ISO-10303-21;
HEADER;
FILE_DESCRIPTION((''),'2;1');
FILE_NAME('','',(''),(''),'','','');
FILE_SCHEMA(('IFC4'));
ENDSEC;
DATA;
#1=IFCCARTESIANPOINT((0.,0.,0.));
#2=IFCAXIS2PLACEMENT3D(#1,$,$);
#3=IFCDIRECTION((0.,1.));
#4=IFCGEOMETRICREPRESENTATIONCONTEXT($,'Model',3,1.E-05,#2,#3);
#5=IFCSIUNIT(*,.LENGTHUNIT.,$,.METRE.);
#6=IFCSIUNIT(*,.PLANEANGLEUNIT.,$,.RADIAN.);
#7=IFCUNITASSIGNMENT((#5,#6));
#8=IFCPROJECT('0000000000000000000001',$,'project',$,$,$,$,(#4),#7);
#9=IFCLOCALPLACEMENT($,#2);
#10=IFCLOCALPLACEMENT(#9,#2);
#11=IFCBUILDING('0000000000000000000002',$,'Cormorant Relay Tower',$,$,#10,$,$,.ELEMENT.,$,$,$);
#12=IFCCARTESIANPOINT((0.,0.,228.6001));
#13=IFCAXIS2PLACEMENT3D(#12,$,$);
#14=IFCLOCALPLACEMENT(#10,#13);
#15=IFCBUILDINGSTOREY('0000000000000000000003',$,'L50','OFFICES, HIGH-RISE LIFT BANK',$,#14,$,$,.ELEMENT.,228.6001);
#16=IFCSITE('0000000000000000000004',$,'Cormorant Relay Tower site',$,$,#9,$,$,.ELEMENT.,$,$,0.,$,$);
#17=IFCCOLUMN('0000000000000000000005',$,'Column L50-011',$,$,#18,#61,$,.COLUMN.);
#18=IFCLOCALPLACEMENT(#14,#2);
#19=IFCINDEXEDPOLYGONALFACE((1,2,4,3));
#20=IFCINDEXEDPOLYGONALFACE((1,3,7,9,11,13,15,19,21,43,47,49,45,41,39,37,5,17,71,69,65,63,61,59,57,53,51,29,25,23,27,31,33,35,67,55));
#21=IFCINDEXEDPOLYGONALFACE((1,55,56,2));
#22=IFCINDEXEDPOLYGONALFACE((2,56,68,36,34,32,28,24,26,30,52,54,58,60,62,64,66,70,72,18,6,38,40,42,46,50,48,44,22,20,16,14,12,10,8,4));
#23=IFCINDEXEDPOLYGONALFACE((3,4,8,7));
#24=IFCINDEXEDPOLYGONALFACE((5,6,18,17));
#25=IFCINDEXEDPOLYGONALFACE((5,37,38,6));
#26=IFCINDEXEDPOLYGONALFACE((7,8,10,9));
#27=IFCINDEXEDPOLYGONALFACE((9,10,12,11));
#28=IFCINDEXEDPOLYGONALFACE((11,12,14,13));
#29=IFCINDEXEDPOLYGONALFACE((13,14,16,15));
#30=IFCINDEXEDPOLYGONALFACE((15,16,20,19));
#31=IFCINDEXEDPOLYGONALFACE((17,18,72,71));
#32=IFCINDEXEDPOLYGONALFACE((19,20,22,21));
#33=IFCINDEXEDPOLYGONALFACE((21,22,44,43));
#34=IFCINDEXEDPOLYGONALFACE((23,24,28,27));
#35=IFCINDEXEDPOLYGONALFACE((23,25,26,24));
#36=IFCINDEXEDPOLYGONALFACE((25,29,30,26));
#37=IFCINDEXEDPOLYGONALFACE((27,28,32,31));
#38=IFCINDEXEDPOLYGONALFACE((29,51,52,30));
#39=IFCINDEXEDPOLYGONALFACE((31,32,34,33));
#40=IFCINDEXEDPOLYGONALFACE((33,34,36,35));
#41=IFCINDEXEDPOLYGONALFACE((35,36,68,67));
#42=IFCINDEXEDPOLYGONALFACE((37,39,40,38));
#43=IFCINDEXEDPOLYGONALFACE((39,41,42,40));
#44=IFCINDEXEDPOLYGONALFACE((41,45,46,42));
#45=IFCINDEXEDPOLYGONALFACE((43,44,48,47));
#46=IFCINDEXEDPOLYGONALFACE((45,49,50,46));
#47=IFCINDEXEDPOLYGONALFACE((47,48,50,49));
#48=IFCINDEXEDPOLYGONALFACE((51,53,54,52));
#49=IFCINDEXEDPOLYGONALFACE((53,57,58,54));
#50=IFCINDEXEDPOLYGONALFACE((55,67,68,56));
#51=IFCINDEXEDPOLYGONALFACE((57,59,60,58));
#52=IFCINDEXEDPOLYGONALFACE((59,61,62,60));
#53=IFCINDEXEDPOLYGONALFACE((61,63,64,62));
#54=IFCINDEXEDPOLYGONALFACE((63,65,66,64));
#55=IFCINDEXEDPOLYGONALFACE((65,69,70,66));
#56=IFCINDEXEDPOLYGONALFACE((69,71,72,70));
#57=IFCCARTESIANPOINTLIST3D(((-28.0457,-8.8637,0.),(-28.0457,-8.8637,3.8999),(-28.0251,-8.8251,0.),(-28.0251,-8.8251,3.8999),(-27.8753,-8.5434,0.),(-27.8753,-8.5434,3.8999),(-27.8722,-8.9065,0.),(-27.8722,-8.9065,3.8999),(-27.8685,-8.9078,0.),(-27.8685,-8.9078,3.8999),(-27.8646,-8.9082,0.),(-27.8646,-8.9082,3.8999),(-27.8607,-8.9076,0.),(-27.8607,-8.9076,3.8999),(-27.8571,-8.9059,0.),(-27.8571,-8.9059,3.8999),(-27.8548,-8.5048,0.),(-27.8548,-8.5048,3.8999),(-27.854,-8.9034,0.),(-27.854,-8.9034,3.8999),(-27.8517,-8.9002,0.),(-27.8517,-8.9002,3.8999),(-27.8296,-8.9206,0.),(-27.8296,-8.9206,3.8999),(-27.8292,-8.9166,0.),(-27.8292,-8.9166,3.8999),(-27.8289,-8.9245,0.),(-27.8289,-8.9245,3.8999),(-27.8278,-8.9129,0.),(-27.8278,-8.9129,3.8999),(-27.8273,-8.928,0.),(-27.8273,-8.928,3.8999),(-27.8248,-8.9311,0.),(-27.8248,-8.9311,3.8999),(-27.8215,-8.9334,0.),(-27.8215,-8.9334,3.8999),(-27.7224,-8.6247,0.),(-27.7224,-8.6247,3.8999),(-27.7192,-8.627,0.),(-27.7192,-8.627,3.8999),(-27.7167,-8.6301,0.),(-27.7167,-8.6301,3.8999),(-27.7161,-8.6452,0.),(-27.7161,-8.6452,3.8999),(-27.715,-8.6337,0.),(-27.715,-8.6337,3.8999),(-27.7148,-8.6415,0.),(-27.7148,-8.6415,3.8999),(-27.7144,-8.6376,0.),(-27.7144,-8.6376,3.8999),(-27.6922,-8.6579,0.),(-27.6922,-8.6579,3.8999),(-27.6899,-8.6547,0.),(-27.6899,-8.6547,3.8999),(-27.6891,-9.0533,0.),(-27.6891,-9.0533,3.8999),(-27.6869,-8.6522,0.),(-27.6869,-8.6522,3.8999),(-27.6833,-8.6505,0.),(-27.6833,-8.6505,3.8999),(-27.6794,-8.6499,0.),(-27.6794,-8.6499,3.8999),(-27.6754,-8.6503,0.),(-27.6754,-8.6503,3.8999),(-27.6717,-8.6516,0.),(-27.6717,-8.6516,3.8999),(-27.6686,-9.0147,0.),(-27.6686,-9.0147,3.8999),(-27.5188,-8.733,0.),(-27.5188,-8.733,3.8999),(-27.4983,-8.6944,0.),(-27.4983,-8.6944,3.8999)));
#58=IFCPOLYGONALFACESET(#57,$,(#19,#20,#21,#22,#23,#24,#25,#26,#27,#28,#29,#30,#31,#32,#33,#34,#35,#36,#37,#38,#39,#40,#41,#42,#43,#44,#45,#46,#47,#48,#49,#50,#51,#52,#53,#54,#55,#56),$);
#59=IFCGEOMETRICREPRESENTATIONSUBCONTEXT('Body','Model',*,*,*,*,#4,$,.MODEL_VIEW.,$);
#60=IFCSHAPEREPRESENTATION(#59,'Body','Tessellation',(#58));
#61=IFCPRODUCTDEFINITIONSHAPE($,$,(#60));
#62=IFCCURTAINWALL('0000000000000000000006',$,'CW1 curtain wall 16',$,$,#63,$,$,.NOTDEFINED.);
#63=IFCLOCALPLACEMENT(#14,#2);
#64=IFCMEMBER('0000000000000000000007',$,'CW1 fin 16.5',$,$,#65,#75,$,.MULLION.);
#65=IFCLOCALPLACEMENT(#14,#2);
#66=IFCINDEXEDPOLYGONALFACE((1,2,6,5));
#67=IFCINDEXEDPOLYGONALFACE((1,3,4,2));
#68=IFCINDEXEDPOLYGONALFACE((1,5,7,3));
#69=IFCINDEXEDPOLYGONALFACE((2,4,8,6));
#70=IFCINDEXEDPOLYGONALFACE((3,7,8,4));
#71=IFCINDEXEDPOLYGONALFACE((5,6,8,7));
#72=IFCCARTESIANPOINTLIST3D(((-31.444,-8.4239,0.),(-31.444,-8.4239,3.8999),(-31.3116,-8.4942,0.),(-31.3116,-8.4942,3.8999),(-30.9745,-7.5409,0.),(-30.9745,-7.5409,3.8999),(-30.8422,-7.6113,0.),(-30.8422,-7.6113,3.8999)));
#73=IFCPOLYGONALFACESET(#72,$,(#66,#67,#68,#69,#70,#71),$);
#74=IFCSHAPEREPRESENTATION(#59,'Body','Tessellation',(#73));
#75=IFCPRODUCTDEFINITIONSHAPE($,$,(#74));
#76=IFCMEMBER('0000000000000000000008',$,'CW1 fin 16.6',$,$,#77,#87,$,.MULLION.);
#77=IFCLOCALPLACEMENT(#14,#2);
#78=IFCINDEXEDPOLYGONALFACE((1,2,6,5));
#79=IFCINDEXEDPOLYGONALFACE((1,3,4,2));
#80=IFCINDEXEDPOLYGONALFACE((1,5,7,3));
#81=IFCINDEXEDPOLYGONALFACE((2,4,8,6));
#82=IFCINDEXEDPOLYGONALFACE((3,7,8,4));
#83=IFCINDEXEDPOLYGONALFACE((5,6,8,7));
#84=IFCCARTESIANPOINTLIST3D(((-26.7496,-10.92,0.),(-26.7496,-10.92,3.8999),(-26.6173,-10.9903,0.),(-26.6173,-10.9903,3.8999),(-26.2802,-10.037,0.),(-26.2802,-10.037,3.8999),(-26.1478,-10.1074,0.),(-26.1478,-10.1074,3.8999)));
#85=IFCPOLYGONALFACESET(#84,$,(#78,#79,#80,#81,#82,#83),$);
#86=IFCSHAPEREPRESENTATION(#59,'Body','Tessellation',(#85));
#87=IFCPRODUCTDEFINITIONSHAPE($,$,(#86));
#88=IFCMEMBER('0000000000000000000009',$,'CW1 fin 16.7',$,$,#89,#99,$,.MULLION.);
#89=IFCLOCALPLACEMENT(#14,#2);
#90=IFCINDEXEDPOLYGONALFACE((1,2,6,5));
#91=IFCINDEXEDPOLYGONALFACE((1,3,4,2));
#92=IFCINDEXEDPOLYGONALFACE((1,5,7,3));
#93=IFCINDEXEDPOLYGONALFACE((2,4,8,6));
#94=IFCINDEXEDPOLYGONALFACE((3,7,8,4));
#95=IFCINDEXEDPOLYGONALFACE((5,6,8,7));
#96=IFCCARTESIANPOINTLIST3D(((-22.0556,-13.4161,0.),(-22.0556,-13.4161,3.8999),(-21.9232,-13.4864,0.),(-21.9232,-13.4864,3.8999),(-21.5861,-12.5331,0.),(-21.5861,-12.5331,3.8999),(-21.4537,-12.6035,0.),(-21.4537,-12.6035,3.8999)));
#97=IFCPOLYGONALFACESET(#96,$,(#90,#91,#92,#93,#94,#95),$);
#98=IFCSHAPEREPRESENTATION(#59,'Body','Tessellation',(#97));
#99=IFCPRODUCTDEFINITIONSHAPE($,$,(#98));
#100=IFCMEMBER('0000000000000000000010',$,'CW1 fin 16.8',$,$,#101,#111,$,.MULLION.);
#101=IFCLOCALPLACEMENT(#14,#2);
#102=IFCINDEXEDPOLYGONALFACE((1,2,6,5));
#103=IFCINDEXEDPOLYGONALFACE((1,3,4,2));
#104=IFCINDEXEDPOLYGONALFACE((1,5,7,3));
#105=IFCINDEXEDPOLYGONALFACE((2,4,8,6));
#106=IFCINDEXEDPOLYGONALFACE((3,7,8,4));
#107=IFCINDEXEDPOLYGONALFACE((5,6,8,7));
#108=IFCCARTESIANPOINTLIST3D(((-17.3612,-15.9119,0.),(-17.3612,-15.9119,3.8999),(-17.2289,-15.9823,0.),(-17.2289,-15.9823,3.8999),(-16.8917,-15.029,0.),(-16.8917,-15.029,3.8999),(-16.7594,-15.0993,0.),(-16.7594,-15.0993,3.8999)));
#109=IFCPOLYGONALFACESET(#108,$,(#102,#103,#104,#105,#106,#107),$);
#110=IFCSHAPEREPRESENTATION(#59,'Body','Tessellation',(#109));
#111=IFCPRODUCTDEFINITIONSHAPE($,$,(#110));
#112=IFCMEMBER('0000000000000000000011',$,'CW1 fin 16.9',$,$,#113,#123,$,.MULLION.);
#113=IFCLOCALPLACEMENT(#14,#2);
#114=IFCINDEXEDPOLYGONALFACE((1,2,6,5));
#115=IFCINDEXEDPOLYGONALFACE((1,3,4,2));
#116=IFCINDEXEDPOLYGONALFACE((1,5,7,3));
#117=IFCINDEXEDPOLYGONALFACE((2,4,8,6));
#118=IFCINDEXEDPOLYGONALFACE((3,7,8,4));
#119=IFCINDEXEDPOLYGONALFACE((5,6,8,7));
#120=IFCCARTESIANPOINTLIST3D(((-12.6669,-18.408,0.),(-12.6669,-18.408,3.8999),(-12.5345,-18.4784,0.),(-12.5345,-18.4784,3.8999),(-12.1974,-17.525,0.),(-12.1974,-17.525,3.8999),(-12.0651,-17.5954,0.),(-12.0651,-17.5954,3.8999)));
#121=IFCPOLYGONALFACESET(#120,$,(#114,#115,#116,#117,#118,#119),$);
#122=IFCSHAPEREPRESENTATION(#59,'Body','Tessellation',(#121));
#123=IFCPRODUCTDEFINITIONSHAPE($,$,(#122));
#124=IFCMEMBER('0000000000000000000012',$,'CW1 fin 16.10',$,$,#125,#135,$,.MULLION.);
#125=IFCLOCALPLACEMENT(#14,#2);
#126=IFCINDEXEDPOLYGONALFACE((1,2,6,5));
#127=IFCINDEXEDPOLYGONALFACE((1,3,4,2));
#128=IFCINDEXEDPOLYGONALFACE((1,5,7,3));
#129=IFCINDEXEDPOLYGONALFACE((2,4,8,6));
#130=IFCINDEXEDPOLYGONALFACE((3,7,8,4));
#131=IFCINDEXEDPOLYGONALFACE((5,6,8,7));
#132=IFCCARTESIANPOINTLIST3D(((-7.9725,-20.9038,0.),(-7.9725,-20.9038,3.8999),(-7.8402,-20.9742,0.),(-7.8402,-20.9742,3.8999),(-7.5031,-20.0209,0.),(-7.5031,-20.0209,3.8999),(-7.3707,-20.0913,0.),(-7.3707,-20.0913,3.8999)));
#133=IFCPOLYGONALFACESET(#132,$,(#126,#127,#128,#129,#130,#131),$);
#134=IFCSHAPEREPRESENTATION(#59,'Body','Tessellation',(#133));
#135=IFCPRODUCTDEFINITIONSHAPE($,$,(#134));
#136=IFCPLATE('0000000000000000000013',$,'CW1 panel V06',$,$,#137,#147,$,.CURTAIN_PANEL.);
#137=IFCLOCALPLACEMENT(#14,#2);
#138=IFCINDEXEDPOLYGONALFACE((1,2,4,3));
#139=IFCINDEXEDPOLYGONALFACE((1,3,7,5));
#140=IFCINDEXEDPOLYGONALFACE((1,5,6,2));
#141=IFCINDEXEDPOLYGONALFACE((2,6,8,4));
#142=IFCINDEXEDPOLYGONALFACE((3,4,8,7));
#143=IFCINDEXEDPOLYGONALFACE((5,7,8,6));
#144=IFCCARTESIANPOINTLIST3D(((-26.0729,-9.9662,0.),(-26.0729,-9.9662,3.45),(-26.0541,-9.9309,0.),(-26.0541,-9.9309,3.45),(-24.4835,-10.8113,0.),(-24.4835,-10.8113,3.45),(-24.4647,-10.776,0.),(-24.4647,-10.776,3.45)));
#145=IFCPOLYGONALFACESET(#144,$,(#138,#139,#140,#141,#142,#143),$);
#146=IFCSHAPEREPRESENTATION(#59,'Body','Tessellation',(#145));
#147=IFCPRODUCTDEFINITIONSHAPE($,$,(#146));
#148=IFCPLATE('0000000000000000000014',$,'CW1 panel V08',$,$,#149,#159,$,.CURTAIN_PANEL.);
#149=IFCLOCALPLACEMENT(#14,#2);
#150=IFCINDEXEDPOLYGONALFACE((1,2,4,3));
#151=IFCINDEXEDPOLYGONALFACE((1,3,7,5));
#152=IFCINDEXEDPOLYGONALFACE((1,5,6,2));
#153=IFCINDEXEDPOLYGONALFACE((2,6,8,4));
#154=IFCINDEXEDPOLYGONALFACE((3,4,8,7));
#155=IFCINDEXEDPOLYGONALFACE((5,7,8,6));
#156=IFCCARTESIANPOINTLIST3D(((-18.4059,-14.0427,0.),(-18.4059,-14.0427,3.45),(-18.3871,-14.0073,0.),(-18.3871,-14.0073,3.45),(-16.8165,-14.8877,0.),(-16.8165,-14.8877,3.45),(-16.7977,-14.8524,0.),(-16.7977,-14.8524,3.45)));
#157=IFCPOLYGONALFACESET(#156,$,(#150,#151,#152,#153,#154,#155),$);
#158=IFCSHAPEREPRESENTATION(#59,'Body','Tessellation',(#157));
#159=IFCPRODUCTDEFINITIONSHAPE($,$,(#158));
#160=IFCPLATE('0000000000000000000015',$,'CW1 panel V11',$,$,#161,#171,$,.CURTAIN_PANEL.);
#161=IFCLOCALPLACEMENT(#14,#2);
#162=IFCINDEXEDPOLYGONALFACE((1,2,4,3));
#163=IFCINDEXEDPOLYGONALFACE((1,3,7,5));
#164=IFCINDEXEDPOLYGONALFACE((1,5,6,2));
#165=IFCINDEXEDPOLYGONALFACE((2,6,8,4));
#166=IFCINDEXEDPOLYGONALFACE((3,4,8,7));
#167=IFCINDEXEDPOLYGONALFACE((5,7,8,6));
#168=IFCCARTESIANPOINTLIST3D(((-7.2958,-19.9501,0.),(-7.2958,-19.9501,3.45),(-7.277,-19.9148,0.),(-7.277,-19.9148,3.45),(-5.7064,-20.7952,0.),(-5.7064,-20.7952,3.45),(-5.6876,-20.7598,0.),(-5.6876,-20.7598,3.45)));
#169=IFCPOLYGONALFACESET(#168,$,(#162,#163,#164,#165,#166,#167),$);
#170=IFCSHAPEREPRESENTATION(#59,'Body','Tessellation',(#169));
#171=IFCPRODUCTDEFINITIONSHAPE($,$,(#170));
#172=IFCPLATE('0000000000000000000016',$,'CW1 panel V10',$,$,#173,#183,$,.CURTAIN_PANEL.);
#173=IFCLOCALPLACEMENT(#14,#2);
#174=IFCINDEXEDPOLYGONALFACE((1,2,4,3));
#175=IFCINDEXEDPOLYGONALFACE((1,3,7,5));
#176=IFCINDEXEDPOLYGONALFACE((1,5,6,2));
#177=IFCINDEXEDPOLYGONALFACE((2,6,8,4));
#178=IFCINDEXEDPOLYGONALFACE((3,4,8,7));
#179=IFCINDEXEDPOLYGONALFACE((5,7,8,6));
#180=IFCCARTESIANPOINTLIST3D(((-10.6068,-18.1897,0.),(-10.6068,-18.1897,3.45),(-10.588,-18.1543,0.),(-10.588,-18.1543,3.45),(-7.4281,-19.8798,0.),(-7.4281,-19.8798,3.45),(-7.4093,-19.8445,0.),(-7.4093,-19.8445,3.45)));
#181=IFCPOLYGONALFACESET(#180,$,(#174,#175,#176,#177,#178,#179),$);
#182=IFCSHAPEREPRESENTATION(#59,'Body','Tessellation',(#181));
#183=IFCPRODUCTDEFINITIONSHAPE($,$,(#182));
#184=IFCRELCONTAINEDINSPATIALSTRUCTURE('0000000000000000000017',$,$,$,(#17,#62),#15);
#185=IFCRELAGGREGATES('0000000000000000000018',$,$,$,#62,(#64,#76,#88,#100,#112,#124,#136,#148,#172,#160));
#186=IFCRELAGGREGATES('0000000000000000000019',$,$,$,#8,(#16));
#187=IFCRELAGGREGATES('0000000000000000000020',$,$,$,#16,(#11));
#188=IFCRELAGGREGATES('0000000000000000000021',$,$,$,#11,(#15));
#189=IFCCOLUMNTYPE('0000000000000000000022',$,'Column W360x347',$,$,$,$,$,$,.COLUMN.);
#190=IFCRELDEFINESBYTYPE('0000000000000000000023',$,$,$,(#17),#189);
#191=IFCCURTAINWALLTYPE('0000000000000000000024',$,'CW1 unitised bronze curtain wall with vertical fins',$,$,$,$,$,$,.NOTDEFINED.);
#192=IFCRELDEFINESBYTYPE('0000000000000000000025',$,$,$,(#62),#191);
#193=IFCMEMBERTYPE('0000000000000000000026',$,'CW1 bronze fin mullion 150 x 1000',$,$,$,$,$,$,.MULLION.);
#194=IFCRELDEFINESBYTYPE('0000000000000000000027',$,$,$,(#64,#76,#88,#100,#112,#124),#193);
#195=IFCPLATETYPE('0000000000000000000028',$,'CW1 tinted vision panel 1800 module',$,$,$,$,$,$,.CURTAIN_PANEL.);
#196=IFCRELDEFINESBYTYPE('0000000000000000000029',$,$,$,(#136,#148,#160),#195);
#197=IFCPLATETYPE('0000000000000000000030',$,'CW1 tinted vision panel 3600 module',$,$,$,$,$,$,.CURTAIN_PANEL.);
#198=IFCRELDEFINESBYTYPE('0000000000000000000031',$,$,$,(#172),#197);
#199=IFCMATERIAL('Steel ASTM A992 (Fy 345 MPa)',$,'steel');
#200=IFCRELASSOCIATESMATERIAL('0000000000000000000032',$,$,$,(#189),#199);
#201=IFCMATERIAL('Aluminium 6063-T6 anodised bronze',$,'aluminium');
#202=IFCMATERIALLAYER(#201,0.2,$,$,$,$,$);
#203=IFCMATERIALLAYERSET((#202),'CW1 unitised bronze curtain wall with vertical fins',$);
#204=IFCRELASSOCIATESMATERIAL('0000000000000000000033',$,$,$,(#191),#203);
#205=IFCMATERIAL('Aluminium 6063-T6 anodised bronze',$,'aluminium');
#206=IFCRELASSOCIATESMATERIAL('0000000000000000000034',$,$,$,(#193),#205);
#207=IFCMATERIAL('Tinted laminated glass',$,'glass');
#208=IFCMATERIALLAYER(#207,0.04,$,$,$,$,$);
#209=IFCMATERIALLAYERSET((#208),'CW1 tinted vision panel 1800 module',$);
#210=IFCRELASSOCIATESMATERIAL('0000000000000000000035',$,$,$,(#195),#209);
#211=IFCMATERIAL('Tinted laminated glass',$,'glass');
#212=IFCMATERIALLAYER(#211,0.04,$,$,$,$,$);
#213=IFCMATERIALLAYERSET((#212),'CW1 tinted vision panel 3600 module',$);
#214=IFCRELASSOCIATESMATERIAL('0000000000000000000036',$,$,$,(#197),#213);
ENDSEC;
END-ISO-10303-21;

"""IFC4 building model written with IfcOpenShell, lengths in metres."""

from ifc_helpers import new_model, si_unit, direction, frame, origin, origin_2d, place, context, subcontext, project, spatial, rectangle, i_section, extrude, material, layer, layer_set, material_profile, profile_set, type_object, element, aggregate, save


model = new_model("IFC4")

# Units and contexts
model_context = context("Model", 3, precision=1e-05, world=origin(), true_north=direction((0.0, 1.0)))
body_context = subcontext(model_context, "Body", "Model", "MODEL_VIEW")
ifc_project = project(units=[si_unit("LENGTHUNIT", "METRE"), si_unit("PLANEANGLEUNIT", "RADIAN")], contexts=[model_context])

# Site, building, storey
site_placement = place(None, origin())
site = spatial("IfcSite", under=ifc_project, at=site_placement, Name="Cormorant Relay Tower site", CompositionType="ELEMENT", RefElevation=0.0)
building_placement = place(site_placement, origin())
building = spatial("IfcBuilding", under=site, at=building_placement, Name="Cormorant Relay Tower", CompositionType="ELEMENT")
storey_placement = place(building_placement, frame((0.0, 0.0, 228.6001)))
storey = spatial("IfcBuildingStorey", under=building, at=storey_placement, Name="L50", Description="OFFICES, HIGH-RISE LIFT BANK", CompositionType="ELEMENT", Elevation=228.6001)

# Column
ifc_material_1 = material(Name="Steel ASTM A992 (Fy 345 MPa)", Category="steel")
ifc_material_profile_1 = material_profile(ifc_material_1, i_section(OverallWidth=0.4038, OverallDepth=0.4065, WebThickness=0.0271, FlangeThickness=0.0437, FilletRadius=0.0151, at=origin_2d()), Name="W360x347")
ifc_profile_set_1 = profile_set([ifc_material_profile_1], Name="Steel ASTM A992 (Fy 345 MPa)")
column_type_1 = type_object("IfcColumnType", Name="Column W360x347", PredefinedType="COLUMN", material=ifc_profile_set_1)
for number, where, z_axis, x_axis, name in (
    (1, (-27.772, -8.7791, 0.0), (0.0, 0.0, 1.0), (0.882948, -0.469472, 0.0), "Column L50-011"),
):
    element("IfcColumn", number, at=place(storey_placement, frame(where, z_axis=z_axis, x_axis=x_axis)), inside=storey, type_object=column_type_1, Name=name, PredefinedType="COLUMN", context=body_context, shape_type="SweptSolid", body=[
        extrude(i_section(OverallWidth=0.4038, OverallDepth=0.4065, WebThickness=0.0271, FlangeThickness=0.0437, FilletRadius=0.0151, at=origin_2d()), origin(), (0.0, 0.0, 1.0), 3.8999),
    ])

# Curtain wall, members, plates
ifc_material_2 = material(Name="Aluminium 6063-T6 anodised bronze", Category="aluminium")
ifc_layer_1 = layer(ifc_material_2, 0.2)
ifc_layer_set_1 = layer_set([ifc_layer_1], Name="CW1 unitised bronze curtain wall with vertical fins")
curtain_wall_type = type_object("IfcCurtainWallType", Name="CW1 unitised bronze curtain wall with vertical fins", PredefinedType="NOTDEFINED", material=ifc_layer_set_1)
curtain_wall_placement = place(storey_placement, origin())
curtain_wall = element("IfcCurtainWall", 2, at=curtain_wall_placement, inside=storey, type_object=curtain_wall_type, Name="CW1 curtain wall 16", PredefinedType="NOTDEFINED")
ifc_material_3 = material(Name="Aluminium 6063-T6 anodised bronze", Category="aluminium")
ifc_material_profile_2 = material_profile(ifc_material_3, rectangle(XDim=0.1499, YDim=1.0, at=origin_2d()), Name="AL 150x1000")
ifc_profile_set_2 = profile_set([ifc_material_profile_2], Name="Aluminium 6063-T6 anodised bronze")
member_type = type_object("IfcMemberType", Name="CW1 bronze fin mullion 150 x 1000", PredefinedType="MULLION", material=ifc_profile_set_2)
member_1_placement = place(storey_placement, frame((-31.1431, -8.0176, 0.0), z_axis=(0.0, 0.0, 1.0), x_axis=(0.882948, -0.469472, 0.0)))
member_1 = element("IfcMember", 3, at=member_1_placement, type_object=member_type, Name="CW1 fin 16.5", PredefinedType="MULLION", context=body_context, shape_type="SweptSolid", body=[
    extrude(rectangle(XDim=0.1499, YDim=1.0, at=origin_2d()), origin(), (0.0, 0.0, 1.0), 3.8999),
])
member_2_placement = place(storey_placement, frame((-26.4487, -10.5137, 0.0), z_axis=(0.0, 0.0, 1.0), x_axis=(0.882948, -0.469472, 0.0)))
member_2 = element("IfcMember", 4, at=member_2_placement, type_object=member_type, Name="CW1 fin 16.6", PredefinedType="MULLION", context=body_context, shape_type="SweptSolid", body=[
    extrude(rectangle(XDim=0.1499, YDim=1.0, at=origin_2d()), origin(), (0.0, 0.0, 1.0), 3.8999),
])
member_3_placement = place(storey_placement, frame((-21.7546, -13.0098, 0.0), z_axis=(0.0, 0.0, 1.0), x_axis=(0.882948, -0.469472, 0.0)))
member_3 = element("IfcMember", 5, at=member_3_placement, type_object=member_type, Name="CW1 fin 16.7", PredefinedType="MULLION", context=body_context, shape_type="SweptSolid", body=[
    extrude(rectangle(XDim=0.1499, YDim=1.0, at=origin_2d()), origin(), (0.0, 0.0, 1.0), 3.8999),
])
member_4_placement = place(storey_placement, frame((-17.0603, -15.5056, 0.0), z_axis=(0.0, 0.0, 1.0), x_axis=(0.882948, -0.469472, 0.0)))
member_4 = element("IfcMember", 6, at=member_4_placement, type_object=member_type, Name="CW1 fin 16.8", PredefinedType="MULLION", context=body_context, shape_type="SweptSolid", body=[
    extrude(rectangle(XDim=0.1499, YDim=1.0, at=origin_2d()), origin(), (0.0, 0.0, 1.0), 3.8999),
])
member_5_placement = place(storey_placement, frame((-12.366, -18.0017, 0.0), z_axis=(0.0, 0.0, 1.0), x_axis=(0.882948, -0.469472, 0.0)))
member_5 = element("IfcMember", 7, at=member_5_placement, type_object=member_type, Name="CW1 fin 16.9", PredefinedType="MULLION", context=body_context, shape_type="SweptSolid", body=[
    extrude(rectangle(XDim=0.1499, YDim=1.0, at=origin_2d()), origin(), (0.0, 0.0, 1.0), 3.8999),
])
member_6_placement = place(storey_placement, frame((-7.6716, -20.4976, 0.0), z_axis=(0.0, 0.0, 1.0), x_axis=(0.882948, -0.469472, 0.0)))
member_6 = element("IfcMember", 8, at=member_6_placement, type_object=member_type, Name="CW1 fin 16.10", PredefinedType="MULLION", context=body_context, shape_type="SweptSolid", body=[
    extrude(rectangle(XDim=0.1499, YDim=1.0, at=origin_2d()), origin(), (0.0, 0.0, 1.0), 3.8999),
])
ifc_material_4 = material(Name="Tinted laminated glass", Category="glass")
ifc_layer_2 = layer(ifc_material_4, 0.04)
ifc_layer_set_2 = layer_set([ifc_layer_2], Name="CW1 tinted vision panel 1800 module")
plate_type_1 = type_object("IfcPlateType", Name="CW1 tinted vision panel 1800 module", PredefinedType="CURTAIN_PANEL", material=ifc_layer_set_2)
plate_1_placement = place(storey_placement, frame((-25.2688, -10.3711, 0.0), z_axis=(0.0, 0.0, 1.0), x_axis=(0.882948, -0.469472, 0.0)))
plate_1 = element("IfcPlate", 9, at=plate_1_placement, type_object=plate_type_1, Name="CW1 panel V06", PredefinedType="CURTAIN_PANEL", context=body_context, shape_type="SweptSolid", body=[
    extrude(rectangle(XDim=1.8, YDim=0.04, at=origin_2d()), origin(), (0.0, 0.0, 1.0), 3.45),
])
plate_2_placement = place(storey_placement, frame((-17.6018, -14.4475, 0.0), z_axis=(0.0, 0.0, 1.0), x_axis=(0.882948, -0.469472, 0.0)))
plate_2 = element("IfcPlate", 10, at=plate_2_placement, type_object=plate_type_1, Name="CW1 panel V08", PredefinedType="CURTAIN_PANEL", context=body_context, shape_type="SweptSolid", body=[
    extrude(rectangle(XDim=1.8, YDim=0.04, at=origin_2d()), origin(), (0.0, 0.0, 1.0), 3.45),
])
plate_3_placement = place(storey_placement, frame((-6.4917, -20.355, 0.0), z_axis=(0.0, 0.0, 1.0), x_axis=(0.882948, -0.469472, 0.0)))
plate_3 = element("IfcPlate", 11, at=plate_3_placement, type_object=plate_type_1, Name="CW1 panel V11", PredefinedType="CURTAIN_PANEL", context=body_context, shape_type="SweptSolid", body=[
    extrude(rectangle(XDim=1.8, YDim=0.04, at=origin_2d()), origin(), (0.0, 0.0, 1.0), 3.45),
])
ifc_material_5 = material(Name="Tinted laminated glass", Category="glass")
ifc_layer_3 = layer(ifc_material_5, 0.04)
ifc_layer_set_3 = layer_set([ifc_layer_3], Name="CW1 tinted vision panel 3600 module")
plate_type_2 = type_object("IfcPlateType", Name="CW1 tinted vision panel 3600 module", PredefinedType="CURTAIN_PANEL", material=ifc_layer_set_3)
plate_4_placement = place(storey_placement, frame((-9.0081, -19.0171, 0.0), z_axis=(0.0, 0.0, 1.0), x_axis=(0.882948, -0.469472, 0.0)))
plate_4 = element("IfcPlate", 12, at=plate_4_placement, type_object=plate_type_2, Name="CW1 panel V10", PredefinedType="CURTAIN_PANEL", context=body_context, shape_type="SweptSolid", body=[
    extrude(rectangle(XDim=3.6001, YDim=0.04, at=origin_2d()), origin(), (0.0, 0.0, 1.0), 3.45),
])

aggregate(curtain_wall, [member_1, member_2, member_3, member_4, member_5, member_6, plate_1, plate_2, plate_4, plate_3])

save(model, "model.ifc")
